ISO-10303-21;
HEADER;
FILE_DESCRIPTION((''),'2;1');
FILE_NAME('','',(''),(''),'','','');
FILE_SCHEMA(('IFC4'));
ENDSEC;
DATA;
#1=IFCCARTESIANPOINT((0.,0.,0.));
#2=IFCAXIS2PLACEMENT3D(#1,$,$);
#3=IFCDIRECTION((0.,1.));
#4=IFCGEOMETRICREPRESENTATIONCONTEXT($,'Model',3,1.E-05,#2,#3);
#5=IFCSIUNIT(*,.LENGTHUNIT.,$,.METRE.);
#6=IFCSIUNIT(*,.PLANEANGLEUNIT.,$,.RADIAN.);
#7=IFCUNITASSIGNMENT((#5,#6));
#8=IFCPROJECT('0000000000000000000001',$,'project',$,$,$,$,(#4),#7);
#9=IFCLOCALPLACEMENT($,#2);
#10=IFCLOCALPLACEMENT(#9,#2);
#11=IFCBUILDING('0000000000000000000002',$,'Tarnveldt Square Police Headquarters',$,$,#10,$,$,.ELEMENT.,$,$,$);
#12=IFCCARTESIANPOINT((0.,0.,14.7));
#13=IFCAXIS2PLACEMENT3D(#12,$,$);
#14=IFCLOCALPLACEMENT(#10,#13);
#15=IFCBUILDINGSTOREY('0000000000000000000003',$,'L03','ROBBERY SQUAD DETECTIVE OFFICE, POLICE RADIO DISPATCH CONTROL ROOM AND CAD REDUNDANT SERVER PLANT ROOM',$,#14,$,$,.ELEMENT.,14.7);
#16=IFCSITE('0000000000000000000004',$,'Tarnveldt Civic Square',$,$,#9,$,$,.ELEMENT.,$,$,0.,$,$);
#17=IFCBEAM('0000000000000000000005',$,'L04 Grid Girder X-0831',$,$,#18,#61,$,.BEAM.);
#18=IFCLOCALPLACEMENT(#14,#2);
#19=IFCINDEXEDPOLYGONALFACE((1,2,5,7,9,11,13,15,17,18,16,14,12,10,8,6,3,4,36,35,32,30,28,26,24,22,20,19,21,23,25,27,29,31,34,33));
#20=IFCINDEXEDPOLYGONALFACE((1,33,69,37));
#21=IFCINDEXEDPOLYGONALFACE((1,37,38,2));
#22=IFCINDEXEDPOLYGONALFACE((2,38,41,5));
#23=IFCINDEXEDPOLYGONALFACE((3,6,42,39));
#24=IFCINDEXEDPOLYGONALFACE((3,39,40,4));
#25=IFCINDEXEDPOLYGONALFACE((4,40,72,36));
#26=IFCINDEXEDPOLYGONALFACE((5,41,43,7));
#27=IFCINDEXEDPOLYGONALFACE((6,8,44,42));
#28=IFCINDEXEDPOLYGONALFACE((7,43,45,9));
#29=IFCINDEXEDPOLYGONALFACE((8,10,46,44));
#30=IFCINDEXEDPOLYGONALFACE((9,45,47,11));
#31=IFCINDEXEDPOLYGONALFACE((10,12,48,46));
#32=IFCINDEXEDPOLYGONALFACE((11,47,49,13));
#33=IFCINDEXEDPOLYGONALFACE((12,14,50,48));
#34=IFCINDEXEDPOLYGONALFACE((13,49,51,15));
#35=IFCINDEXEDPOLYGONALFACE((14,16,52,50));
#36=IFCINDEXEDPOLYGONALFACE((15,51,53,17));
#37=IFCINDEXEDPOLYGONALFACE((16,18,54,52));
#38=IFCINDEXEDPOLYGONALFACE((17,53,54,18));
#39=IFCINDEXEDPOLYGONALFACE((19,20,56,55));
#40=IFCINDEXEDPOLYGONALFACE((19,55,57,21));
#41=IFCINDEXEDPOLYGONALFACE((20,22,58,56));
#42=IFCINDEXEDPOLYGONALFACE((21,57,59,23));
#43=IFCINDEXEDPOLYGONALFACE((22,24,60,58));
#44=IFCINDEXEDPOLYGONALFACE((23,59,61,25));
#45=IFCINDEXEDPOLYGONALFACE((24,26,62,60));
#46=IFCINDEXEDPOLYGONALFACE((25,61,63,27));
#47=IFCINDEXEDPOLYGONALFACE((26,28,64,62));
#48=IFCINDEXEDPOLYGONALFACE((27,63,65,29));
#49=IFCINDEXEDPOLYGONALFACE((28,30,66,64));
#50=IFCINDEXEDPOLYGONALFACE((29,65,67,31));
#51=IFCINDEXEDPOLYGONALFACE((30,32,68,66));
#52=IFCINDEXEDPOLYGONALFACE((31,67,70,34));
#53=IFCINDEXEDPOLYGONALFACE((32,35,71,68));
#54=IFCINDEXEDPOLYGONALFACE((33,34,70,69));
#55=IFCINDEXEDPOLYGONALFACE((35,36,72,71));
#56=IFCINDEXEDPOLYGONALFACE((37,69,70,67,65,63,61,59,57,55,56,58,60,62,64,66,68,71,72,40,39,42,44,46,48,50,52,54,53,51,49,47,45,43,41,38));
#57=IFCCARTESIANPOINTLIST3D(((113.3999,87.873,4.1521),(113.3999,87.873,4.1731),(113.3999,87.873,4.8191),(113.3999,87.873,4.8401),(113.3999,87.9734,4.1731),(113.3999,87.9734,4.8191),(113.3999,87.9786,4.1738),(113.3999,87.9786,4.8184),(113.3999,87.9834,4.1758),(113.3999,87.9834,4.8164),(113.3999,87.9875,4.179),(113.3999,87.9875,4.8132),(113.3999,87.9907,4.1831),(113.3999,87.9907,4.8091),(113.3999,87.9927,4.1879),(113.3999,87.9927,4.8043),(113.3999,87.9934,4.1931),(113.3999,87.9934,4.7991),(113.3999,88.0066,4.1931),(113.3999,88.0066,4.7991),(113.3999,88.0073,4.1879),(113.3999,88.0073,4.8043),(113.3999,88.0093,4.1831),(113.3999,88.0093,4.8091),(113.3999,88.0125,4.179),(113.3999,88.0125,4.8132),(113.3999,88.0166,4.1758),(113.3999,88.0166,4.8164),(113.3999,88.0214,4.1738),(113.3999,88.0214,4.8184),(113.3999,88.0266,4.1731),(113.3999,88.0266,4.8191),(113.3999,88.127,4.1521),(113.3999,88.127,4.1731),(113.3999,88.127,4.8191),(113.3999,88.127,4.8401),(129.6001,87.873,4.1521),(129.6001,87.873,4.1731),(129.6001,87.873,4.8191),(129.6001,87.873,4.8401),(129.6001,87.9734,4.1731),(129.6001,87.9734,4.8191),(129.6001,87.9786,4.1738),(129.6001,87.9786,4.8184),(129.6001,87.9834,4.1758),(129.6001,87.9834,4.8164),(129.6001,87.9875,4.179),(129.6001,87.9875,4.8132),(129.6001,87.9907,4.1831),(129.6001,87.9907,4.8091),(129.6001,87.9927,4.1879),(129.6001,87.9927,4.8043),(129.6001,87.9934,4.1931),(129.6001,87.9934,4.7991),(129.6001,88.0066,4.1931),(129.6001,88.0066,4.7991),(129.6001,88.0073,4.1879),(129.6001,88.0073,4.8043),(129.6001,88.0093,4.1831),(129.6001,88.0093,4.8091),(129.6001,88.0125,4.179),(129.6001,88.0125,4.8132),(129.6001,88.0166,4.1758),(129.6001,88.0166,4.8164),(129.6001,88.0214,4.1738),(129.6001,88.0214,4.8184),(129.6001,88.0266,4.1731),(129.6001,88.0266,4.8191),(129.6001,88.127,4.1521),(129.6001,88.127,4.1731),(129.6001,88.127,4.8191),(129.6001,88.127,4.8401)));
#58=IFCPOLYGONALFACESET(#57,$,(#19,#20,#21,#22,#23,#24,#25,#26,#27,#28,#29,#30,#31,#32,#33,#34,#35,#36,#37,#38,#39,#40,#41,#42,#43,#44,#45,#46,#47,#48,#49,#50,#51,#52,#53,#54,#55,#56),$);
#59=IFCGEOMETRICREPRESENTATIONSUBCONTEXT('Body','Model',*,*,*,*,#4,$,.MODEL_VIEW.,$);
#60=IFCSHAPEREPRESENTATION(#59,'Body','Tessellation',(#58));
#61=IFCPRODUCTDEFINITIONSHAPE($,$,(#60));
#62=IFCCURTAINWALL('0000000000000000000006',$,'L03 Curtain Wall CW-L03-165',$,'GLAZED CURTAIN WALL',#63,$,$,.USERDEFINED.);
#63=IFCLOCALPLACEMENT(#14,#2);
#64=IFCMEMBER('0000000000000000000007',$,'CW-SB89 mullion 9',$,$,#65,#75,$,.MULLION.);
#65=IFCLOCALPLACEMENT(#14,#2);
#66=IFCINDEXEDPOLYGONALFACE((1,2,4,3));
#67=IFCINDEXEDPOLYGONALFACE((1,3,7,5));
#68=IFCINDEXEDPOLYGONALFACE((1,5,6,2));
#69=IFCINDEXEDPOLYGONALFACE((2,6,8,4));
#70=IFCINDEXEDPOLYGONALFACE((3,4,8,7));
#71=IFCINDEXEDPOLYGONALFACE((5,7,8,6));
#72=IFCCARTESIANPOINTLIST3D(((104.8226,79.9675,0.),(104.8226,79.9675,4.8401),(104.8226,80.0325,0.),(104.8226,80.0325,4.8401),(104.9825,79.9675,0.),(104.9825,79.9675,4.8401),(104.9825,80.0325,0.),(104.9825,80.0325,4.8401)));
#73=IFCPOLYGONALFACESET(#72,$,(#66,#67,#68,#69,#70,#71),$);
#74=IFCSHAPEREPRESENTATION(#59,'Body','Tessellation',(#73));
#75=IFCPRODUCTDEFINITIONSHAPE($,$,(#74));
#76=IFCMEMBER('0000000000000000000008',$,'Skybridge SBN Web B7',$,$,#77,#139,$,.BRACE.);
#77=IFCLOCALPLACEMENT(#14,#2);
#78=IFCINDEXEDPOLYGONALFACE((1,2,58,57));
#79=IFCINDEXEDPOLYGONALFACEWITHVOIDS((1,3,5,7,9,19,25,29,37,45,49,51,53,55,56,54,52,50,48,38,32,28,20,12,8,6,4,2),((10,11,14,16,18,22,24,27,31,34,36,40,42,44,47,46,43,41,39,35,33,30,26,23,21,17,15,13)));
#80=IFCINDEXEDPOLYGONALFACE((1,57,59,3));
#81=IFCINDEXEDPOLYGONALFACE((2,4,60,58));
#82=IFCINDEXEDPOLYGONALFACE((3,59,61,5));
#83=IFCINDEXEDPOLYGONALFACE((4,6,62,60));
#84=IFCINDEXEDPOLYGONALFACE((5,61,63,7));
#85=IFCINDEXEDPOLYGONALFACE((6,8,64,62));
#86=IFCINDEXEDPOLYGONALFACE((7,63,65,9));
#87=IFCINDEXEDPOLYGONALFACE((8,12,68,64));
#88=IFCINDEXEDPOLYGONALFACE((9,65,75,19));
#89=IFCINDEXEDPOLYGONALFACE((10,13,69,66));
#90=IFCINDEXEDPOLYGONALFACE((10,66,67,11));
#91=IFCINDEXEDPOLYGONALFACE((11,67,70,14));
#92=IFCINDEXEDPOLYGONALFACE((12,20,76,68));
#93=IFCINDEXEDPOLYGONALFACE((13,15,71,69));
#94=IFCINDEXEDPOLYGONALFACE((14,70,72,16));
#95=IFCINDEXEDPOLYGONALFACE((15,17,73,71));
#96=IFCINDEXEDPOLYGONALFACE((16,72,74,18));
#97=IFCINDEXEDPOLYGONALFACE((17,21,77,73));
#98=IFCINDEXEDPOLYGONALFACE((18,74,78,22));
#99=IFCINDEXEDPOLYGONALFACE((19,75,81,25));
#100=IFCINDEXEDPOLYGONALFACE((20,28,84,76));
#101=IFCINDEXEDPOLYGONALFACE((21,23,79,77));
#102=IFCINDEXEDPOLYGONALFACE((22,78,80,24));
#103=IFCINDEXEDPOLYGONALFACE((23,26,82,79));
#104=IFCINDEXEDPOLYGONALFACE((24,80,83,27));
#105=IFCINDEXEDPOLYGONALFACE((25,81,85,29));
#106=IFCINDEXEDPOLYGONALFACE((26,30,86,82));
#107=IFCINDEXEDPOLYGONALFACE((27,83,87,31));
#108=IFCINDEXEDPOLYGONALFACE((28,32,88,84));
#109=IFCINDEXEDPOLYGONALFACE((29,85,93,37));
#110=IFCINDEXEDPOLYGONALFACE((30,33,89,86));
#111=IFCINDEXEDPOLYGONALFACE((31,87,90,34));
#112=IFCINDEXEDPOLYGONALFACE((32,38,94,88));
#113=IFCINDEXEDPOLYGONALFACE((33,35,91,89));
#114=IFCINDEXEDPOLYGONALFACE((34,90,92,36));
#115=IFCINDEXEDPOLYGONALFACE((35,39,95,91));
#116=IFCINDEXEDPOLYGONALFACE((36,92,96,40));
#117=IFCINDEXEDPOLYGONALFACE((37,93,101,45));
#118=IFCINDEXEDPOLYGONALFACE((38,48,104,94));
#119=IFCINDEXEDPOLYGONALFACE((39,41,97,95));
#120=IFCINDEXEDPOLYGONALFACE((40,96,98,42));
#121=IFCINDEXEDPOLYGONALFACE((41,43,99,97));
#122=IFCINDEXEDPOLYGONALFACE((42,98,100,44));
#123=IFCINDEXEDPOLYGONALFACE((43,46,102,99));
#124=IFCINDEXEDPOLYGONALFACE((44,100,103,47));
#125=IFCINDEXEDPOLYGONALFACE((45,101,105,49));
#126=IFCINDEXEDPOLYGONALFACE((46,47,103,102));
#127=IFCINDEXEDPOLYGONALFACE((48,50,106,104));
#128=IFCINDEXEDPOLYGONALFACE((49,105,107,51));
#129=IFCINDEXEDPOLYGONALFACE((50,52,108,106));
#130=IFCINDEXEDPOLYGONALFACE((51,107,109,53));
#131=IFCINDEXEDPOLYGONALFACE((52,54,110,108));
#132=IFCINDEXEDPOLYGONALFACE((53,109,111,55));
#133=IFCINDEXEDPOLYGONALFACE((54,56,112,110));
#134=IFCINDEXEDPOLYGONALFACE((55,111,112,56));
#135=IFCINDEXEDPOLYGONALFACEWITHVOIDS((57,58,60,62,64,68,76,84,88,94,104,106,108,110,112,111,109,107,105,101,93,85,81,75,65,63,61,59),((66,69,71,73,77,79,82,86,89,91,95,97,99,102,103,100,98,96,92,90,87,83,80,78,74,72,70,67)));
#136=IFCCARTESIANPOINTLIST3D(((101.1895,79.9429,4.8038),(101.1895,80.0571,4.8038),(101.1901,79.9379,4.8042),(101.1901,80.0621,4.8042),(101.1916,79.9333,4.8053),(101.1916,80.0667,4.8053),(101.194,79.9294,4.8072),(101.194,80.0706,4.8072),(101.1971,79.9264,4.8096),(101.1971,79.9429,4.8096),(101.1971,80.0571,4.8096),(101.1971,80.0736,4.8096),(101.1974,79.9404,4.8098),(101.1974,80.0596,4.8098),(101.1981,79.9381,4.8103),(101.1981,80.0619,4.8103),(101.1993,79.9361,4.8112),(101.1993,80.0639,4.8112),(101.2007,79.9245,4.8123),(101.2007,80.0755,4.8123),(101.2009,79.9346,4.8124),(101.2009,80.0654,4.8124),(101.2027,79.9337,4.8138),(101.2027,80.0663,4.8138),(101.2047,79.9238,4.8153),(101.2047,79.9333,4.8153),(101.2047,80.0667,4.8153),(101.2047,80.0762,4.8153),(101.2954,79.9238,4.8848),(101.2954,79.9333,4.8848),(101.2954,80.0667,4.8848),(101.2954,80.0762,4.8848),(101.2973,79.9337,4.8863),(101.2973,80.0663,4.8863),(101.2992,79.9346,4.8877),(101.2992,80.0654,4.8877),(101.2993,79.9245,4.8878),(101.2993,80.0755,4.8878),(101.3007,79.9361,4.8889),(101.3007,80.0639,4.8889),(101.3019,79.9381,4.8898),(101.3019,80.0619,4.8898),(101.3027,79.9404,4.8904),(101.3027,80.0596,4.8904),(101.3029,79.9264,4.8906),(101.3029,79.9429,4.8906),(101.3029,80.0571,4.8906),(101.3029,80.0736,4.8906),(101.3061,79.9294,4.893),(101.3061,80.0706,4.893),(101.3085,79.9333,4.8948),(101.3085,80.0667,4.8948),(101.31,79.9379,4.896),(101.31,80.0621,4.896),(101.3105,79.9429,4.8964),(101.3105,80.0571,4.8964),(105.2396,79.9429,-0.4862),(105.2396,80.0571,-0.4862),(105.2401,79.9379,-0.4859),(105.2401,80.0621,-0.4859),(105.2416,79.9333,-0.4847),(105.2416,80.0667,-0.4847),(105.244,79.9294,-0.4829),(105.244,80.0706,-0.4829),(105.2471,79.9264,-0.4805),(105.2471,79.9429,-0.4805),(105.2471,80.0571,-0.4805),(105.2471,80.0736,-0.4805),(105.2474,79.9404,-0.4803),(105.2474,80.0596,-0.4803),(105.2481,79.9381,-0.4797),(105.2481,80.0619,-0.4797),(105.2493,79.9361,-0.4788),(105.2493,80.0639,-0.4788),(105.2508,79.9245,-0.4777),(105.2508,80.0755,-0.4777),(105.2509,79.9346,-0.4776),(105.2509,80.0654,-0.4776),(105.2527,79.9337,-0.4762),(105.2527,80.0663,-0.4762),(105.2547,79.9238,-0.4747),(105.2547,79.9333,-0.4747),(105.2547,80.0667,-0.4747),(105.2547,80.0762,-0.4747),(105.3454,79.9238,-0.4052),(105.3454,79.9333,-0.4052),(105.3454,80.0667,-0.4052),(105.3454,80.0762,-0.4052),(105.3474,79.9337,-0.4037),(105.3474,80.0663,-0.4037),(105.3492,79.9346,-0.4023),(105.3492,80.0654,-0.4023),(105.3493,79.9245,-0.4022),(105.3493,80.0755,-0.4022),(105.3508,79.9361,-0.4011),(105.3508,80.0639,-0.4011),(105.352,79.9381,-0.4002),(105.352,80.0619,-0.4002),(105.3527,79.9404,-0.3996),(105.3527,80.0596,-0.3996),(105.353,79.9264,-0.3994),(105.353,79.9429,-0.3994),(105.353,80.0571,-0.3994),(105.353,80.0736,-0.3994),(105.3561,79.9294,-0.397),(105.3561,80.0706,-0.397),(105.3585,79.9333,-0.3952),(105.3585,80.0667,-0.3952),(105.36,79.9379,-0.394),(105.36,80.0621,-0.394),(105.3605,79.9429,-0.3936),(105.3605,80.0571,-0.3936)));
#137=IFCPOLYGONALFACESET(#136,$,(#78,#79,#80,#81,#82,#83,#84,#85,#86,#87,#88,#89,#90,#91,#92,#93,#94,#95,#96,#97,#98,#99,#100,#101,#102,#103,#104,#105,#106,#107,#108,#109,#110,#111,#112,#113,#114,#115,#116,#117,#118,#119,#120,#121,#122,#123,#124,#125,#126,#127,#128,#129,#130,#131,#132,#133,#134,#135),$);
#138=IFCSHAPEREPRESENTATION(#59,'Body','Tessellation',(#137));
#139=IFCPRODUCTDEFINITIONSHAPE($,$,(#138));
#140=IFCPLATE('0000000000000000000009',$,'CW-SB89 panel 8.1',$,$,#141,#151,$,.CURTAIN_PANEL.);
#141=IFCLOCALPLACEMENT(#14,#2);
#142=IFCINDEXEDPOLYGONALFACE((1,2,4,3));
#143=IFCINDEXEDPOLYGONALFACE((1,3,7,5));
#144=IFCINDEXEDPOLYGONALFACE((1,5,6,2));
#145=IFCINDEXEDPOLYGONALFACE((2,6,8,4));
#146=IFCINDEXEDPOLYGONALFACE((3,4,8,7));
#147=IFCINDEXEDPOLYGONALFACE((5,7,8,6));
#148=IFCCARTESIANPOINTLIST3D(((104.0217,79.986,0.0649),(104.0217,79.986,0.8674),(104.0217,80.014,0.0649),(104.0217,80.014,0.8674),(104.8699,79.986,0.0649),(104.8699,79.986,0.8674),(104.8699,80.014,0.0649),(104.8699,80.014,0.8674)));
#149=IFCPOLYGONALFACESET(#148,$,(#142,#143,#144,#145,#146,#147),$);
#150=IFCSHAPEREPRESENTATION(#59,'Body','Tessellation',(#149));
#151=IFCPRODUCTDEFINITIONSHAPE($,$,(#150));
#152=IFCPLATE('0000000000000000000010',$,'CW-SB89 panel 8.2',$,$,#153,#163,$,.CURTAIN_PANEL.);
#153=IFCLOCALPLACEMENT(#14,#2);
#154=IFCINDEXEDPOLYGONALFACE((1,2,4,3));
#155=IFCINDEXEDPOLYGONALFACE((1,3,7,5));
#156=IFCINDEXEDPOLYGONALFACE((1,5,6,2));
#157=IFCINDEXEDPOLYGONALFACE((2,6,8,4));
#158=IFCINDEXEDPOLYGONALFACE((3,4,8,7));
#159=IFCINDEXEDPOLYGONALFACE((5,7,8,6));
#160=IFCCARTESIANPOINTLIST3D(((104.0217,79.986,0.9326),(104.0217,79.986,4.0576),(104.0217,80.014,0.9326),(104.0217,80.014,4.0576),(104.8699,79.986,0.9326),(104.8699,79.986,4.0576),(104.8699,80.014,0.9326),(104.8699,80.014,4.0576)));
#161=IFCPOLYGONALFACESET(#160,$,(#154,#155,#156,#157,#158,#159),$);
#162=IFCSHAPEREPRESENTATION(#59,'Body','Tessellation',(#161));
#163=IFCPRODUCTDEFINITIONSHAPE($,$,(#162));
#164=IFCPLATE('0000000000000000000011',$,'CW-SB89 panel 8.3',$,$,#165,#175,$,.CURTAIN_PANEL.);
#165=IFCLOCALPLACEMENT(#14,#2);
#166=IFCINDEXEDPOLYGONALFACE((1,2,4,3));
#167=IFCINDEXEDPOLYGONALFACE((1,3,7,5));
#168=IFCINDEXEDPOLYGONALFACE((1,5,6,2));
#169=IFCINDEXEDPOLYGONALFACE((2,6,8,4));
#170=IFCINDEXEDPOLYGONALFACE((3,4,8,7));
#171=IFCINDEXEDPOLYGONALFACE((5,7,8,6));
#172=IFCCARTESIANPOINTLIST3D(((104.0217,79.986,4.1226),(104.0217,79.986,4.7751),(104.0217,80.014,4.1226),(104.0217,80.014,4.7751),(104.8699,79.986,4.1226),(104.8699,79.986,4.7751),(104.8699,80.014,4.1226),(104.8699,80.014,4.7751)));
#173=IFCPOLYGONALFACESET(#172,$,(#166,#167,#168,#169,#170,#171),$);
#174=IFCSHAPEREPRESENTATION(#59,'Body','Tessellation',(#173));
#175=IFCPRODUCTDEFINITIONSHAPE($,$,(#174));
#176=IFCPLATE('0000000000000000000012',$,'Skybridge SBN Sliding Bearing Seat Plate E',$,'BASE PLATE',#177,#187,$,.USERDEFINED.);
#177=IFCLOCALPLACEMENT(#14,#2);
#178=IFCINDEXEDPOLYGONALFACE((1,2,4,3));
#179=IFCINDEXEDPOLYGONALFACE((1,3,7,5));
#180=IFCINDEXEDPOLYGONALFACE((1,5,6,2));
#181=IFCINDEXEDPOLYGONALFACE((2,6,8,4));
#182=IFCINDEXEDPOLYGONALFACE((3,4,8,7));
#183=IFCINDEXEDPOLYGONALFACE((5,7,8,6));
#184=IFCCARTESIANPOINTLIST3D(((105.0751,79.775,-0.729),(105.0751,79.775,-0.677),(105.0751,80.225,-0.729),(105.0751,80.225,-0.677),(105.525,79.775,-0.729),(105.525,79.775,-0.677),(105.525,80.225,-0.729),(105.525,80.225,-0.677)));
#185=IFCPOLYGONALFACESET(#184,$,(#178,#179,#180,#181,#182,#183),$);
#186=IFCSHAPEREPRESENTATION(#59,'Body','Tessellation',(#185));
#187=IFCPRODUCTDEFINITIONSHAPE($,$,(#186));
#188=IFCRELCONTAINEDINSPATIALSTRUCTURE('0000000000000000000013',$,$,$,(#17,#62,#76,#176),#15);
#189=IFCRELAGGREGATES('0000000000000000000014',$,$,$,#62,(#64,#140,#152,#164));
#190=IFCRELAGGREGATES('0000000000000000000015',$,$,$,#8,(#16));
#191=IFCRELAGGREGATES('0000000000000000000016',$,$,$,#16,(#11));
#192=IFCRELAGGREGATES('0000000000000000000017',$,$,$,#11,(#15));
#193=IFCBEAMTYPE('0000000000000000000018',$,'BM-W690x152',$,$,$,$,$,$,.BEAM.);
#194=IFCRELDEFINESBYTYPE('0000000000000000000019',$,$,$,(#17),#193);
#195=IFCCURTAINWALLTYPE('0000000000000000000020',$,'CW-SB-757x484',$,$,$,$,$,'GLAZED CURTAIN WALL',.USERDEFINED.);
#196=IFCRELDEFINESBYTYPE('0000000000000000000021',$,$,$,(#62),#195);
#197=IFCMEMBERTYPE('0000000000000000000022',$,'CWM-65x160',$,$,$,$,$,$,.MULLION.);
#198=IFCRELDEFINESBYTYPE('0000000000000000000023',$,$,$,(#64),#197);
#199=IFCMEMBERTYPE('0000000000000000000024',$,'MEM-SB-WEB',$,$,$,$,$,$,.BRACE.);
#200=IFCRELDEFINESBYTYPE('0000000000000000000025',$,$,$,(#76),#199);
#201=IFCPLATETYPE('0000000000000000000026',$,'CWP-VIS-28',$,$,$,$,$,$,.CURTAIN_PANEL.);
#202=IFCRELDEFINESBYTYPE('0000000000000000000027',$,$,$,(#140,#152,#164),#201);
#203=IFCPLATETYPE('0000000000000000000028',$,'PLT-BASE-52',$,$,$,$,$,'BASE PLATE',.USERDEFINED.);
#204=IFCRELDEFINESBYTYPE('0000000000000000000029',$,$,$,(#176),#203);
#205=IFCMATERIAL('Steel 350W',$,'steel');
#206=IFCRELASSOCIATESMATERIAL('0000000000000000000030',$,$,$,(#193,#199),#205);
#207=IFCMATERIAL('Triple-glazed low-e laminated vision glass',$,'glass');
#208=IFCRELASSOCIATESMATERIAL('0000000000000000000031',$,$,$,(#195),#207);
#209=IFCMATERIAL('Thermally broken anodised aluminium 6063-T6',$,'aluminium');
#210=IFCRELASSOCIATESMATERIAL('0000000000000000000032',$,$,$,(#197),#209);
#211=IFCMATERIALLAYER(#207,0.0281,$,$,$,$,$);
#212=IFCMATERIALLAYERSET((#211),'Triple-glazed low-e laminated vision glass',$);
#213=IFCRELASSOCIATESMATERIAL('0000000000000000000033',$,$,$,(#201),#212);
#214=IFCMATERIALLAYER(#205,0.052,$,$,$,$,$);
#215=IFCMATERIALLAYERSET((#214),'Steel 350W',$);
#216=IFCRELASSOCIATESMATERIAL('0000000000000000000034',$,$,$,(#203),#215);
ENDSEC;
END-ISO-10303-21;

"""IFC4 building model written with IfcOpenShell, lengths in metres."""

from ifc_helpers import new_model, si_unit, direction, frame, origin, origin_2d, place, context, subcontext, project, spatial, rectangle, hollow_rectangle, i_section, extrude, material, layer, layer_set, material_profile, profile_set, type_object, element, aggregate, save


model = new_model("IFC4")

# Units and contexts
model_context = context("Model", 3, precision=1e-05, world=origin(), true_north=direction((0.0, 1.0)))
body_context = subcontext(model_context, "Body", "Model", "MODEL_VIEW")
ifc_project = project(units=[si_unit("LENGTHUNIT", "METRE"), si_unit("PLANEANGLEUNIT", "RADIAN")], contexts=[model_context])

# Site, building, storey
site_placement = place(None, origin())
site = spatial("IfcSite", under=ifc_project, at=site_placement, Name="Tarnveldt Civic Square", CompositionType="ELEMENT", RefElevation=0.0)
building_placement = place(site_placement, origin())
building = spatial("IfcBuilding", under=site, at=building_placement, Name="Tarnveldt Square Police Headquarters", CompositionType="ELEMENT")
storey_placement = place(building_placement, frame((0.0, 0.0, 14.7)))
storey = spatial("IfcBuildingStorey", under=building, at=storey_placement, Name="L03", Description="ROBBERY SQUAD DETECTIVE OFFICE, POLICE RADIO DISPATCH CONTROL ROOM AND CAD REDUNDANT SERVER PLANT ROOM", CompositionType="ELEMENT", Elevation=14.7)

# Shared definitions
ifc_material_1 = material(Name="Steel 350W", Category="steel")

# Beam
ifc_material_profile_1 = material_profile(ifc_material_1, i_section(OverallWidth=0.2539, OverallDepth=0.688, WebThickness=0.0132, FlangeThickness=0.021, FilletRadius=0.02, at=origin_2d()), Name="W690x152")
ifc_profile_set_1 = profile_set([ifc_material_profile_1], Name="Steel 350W")
beam_type_1 = type_object("IfcBeamType", Name="BM-W690x152", PredefinedType="BEAM", material=ifc_profile_set_1)
for number, where, z_axis, x_axis, name in (
    (1, (113.3999, 88.0, 4.4961), (1.0, 0.0, 0.0), (0.0, 1.0, 0.0), "L04 Grid Girder X-0831"),
):
    element("IfcBeam", number, at=place(storey_placement, frame(where, z_axis=z_axis, x_axis=x_axis)), inside=storey, type_object=beam_type_1, Name=name, PredefinedType="BEAM", context=body_context, shape_type="SweptSolid", body=[
        extrude(i_section(OverallWidth=0.2539, OverallDepth=0.688, WebThickness=0.0132, FlangeThickness=0.021, FilletRadius=0.02, at=origin_2d()), origin(), (0.0, 0.0, 1.0), 16.2002),
    ])

# Curtain wall, member
ifc_material_2 = material(Name="Triple-glazed low-e laminated vision glass", Category="glass")
curtain_wall_type = type_object("IfcCurtainWallType", Name="CW-SB-757x484", ElementType="GLAZED CURTAIN WALL", PredefinedType="USERDEFINED", material=ifc_material_2)
curtain_wall_placement = place(storey_placement, origin())
curtain_wall = element("IfcCurtainWall", 2, at=curtain_wall_placement, inside=storey, type_object=curtain_wall_type, Name="L03 Curtain Wall CW-L03-165", ObjectType="GLAZED CURTAIN WALL", PredefinedType="USERDEFINED")
ifc_material_3 = material(Name="Thermally broken anodised aluminium 6063-T6", Category="aluminium")
ifc_material_profile_2 = material_profile(ifc_material_3, rectangle(XDim=0.0649, YDim=0.1599, at=origin_2d()), Name="CW-M65x160")
ifc_profile_set_2 = profile_set([ifc_material_profile_2], Name="Thermally broken anodised aluminium 6063-T6")
member_type_1 = type_object("IfcMemberType", Name="CWM-65x160", PredefinedType="MULLION", material=ifc_profile_set_2)
member_1_placement = place(storey_placement, frame((104.9026, 80.0, 0.0), z_axis=(0.0, 0.0, 1.0), x_axis=(0.0, 1.0, 0.0)))
member_1 = element("IfcMember", 3, at=member_1_placement, type_object=member_type_1, Name="CW-SB89 mullion 9", PredefinedType="MULLION", context=body_context, shape_type="SweptSolid", body=[
    extrude(rectangle(XDim=0.0649, YDim=0.1599, at=origin_2d()), origin(), (0.0, 0.0, 1.0), 4.8401),
])

# Member
ifc_material_profile_3 = material_profile(ifc_material_1, hollow_rectangle(XDim=0.1523, YDim=0.1523, WallThickness=0.0095, InnerFilletRadius=0.0095, OuterFilletRadius=0.019, at=origin_2d()), Name="HSS152x152x9.5")
ifc_profile_set_3 = profile_set([ifc_material_profile_3], Name="Steel 350W")
member_type_2 = type_object("IfcMemberType", Name="MEM-SB-WEB", PredefinedType="BRACE", material=ifc_profile_set_3)
member_2_placement = place(storey_placement, frame((105.3, 80.0, -0.4399), z_axis=(-0.607898, 0.0, 0.794016), x_axis=(0.0, -1.0, 0.0)))
element("IfcMember", 4, at=member_2_placement, inside=storey, type_object=member_type_2, Name="Skybridge SBN Web B7", PredefinedType="BRACE", context=body_context, shape_type="SweptSolid", body=[
    extrude(hollow_rectangle(XDim=0.1523, YDim=0.1523, WallThickness=0.0095, InnerFilletRadius=0.0095, OuterFilletRadius=0.019, at=origin_2d()), origin(), (0.0, 0.0, 1.0), 6.6624),
])

# Plates
ifc_layer_1 = layer(ifc_material_2, 0.0281)
ifc_layer_set_1 = layer_set([ifc_layer_1], Name="Triple-glazed low-e laminated vision glass")
plate_type_1 = type_object("IfcPlateType", Name="CWP-VIS-28", PredefinedType="CURTAIN_PANEL", material=ifc_layer_set_1)
plate_1_placement = place(storey_placement, frame((104.4458, 80.0, 0.0649), z_axis=(0.0, 0.0, 1.0), x_axis=(1.0, 0.0, 0.0)))
plate_1 = element("IfcPlate", 5, at=plate_1_placement, type_object=plate_type_1, Name="CW-SB89 panel 8.1", PredefinedType="CURTAIN_PANEL", context=body_context, shape_type="SweptSolid", body=[
    extrude(rectangle(XDim=0.8481, YDim=0.0281, at=origin_2d()), origin(), (0.0, 0.0, 1.0), 0.8025),
])
plate_2_placement = place(storey_placement, frame((104.4458, 80.0, 0.9326), z_axis=(0.0, 0.0, 1.0), x_axis=(1.0, 0.0, 0.0)))
plate_2 = element("IfcPlate", 6, at=plate_2_placement, type_object=plate_type_1, Name="CW-SB89 panel 8.2", PredefinedType="CURTAIN_PANEL", context=body_context, shape_type="SweptSolid", body=[
    extrude(rectangle(XDim=0.8481, YDim=0.0281, at=origin_2d()), origin(), (0.0, 0.0, 1.0), 3.125),
])
plate_3_placement = place(storey_placement, frame((104.4458, 80.0, 4.1226), z_axis=(0.0, 0.0, 1.0), x_axis=(1.0, 0.0, 0.0)))
plate_3 = element("IfcPlate", 7, at=plate_3_placement, type_object=plate_type_1, Name="CW-SB89 panel 8.3", PredefinedType="CURTAIN_PANEL", context=body_context, shape_type="SweptSolid", body=[
    extrude(rectangle(XDim=0.8481, YDim=0.0281, at=origin_2d()), origin(), (0.0, 0.0, 1.0), 0.6526),
])
aggregate(curtain_wall, [member_1, plate_1, plate_2, plate_3])
ifc_layer_2 = layer(ifc_material_1, 0.052)
ifc_layer_set_2 = layer_set([ifc_layer_2], Name="Steel 350W")
plate_type_2 = type_object("IfcPlateType", Name="PLT-BASE-52", ElementType="BASE PLATE", PredefinedType="USERDEFINED", material=ifc_layer_set_2)
plate_4_placement = place(storey_placement, frame((105.3, 80.0, -0.729), z_axis=(0.0, 0.0, 1.0), x_axis=(1.0, 0.0, 0.0)))
element("IfcPlate", 8, at=plate_4_placement, inside=storey, type_object=plate_type_2, Name="Skybridge SBN Sliding Bearing Seat Plate E", ObjectType="BASE PLATE", PredefinedType="USERDEFINED", context=body_context, shape_type="SweptSolid", body=[
    extrude(rectangle(XDim=0.45, YDim=0.45, at=origin_2d()), origin(), (0.0, 0.0, 1.0), 0.052),
])

save(model, "model.ifc")
